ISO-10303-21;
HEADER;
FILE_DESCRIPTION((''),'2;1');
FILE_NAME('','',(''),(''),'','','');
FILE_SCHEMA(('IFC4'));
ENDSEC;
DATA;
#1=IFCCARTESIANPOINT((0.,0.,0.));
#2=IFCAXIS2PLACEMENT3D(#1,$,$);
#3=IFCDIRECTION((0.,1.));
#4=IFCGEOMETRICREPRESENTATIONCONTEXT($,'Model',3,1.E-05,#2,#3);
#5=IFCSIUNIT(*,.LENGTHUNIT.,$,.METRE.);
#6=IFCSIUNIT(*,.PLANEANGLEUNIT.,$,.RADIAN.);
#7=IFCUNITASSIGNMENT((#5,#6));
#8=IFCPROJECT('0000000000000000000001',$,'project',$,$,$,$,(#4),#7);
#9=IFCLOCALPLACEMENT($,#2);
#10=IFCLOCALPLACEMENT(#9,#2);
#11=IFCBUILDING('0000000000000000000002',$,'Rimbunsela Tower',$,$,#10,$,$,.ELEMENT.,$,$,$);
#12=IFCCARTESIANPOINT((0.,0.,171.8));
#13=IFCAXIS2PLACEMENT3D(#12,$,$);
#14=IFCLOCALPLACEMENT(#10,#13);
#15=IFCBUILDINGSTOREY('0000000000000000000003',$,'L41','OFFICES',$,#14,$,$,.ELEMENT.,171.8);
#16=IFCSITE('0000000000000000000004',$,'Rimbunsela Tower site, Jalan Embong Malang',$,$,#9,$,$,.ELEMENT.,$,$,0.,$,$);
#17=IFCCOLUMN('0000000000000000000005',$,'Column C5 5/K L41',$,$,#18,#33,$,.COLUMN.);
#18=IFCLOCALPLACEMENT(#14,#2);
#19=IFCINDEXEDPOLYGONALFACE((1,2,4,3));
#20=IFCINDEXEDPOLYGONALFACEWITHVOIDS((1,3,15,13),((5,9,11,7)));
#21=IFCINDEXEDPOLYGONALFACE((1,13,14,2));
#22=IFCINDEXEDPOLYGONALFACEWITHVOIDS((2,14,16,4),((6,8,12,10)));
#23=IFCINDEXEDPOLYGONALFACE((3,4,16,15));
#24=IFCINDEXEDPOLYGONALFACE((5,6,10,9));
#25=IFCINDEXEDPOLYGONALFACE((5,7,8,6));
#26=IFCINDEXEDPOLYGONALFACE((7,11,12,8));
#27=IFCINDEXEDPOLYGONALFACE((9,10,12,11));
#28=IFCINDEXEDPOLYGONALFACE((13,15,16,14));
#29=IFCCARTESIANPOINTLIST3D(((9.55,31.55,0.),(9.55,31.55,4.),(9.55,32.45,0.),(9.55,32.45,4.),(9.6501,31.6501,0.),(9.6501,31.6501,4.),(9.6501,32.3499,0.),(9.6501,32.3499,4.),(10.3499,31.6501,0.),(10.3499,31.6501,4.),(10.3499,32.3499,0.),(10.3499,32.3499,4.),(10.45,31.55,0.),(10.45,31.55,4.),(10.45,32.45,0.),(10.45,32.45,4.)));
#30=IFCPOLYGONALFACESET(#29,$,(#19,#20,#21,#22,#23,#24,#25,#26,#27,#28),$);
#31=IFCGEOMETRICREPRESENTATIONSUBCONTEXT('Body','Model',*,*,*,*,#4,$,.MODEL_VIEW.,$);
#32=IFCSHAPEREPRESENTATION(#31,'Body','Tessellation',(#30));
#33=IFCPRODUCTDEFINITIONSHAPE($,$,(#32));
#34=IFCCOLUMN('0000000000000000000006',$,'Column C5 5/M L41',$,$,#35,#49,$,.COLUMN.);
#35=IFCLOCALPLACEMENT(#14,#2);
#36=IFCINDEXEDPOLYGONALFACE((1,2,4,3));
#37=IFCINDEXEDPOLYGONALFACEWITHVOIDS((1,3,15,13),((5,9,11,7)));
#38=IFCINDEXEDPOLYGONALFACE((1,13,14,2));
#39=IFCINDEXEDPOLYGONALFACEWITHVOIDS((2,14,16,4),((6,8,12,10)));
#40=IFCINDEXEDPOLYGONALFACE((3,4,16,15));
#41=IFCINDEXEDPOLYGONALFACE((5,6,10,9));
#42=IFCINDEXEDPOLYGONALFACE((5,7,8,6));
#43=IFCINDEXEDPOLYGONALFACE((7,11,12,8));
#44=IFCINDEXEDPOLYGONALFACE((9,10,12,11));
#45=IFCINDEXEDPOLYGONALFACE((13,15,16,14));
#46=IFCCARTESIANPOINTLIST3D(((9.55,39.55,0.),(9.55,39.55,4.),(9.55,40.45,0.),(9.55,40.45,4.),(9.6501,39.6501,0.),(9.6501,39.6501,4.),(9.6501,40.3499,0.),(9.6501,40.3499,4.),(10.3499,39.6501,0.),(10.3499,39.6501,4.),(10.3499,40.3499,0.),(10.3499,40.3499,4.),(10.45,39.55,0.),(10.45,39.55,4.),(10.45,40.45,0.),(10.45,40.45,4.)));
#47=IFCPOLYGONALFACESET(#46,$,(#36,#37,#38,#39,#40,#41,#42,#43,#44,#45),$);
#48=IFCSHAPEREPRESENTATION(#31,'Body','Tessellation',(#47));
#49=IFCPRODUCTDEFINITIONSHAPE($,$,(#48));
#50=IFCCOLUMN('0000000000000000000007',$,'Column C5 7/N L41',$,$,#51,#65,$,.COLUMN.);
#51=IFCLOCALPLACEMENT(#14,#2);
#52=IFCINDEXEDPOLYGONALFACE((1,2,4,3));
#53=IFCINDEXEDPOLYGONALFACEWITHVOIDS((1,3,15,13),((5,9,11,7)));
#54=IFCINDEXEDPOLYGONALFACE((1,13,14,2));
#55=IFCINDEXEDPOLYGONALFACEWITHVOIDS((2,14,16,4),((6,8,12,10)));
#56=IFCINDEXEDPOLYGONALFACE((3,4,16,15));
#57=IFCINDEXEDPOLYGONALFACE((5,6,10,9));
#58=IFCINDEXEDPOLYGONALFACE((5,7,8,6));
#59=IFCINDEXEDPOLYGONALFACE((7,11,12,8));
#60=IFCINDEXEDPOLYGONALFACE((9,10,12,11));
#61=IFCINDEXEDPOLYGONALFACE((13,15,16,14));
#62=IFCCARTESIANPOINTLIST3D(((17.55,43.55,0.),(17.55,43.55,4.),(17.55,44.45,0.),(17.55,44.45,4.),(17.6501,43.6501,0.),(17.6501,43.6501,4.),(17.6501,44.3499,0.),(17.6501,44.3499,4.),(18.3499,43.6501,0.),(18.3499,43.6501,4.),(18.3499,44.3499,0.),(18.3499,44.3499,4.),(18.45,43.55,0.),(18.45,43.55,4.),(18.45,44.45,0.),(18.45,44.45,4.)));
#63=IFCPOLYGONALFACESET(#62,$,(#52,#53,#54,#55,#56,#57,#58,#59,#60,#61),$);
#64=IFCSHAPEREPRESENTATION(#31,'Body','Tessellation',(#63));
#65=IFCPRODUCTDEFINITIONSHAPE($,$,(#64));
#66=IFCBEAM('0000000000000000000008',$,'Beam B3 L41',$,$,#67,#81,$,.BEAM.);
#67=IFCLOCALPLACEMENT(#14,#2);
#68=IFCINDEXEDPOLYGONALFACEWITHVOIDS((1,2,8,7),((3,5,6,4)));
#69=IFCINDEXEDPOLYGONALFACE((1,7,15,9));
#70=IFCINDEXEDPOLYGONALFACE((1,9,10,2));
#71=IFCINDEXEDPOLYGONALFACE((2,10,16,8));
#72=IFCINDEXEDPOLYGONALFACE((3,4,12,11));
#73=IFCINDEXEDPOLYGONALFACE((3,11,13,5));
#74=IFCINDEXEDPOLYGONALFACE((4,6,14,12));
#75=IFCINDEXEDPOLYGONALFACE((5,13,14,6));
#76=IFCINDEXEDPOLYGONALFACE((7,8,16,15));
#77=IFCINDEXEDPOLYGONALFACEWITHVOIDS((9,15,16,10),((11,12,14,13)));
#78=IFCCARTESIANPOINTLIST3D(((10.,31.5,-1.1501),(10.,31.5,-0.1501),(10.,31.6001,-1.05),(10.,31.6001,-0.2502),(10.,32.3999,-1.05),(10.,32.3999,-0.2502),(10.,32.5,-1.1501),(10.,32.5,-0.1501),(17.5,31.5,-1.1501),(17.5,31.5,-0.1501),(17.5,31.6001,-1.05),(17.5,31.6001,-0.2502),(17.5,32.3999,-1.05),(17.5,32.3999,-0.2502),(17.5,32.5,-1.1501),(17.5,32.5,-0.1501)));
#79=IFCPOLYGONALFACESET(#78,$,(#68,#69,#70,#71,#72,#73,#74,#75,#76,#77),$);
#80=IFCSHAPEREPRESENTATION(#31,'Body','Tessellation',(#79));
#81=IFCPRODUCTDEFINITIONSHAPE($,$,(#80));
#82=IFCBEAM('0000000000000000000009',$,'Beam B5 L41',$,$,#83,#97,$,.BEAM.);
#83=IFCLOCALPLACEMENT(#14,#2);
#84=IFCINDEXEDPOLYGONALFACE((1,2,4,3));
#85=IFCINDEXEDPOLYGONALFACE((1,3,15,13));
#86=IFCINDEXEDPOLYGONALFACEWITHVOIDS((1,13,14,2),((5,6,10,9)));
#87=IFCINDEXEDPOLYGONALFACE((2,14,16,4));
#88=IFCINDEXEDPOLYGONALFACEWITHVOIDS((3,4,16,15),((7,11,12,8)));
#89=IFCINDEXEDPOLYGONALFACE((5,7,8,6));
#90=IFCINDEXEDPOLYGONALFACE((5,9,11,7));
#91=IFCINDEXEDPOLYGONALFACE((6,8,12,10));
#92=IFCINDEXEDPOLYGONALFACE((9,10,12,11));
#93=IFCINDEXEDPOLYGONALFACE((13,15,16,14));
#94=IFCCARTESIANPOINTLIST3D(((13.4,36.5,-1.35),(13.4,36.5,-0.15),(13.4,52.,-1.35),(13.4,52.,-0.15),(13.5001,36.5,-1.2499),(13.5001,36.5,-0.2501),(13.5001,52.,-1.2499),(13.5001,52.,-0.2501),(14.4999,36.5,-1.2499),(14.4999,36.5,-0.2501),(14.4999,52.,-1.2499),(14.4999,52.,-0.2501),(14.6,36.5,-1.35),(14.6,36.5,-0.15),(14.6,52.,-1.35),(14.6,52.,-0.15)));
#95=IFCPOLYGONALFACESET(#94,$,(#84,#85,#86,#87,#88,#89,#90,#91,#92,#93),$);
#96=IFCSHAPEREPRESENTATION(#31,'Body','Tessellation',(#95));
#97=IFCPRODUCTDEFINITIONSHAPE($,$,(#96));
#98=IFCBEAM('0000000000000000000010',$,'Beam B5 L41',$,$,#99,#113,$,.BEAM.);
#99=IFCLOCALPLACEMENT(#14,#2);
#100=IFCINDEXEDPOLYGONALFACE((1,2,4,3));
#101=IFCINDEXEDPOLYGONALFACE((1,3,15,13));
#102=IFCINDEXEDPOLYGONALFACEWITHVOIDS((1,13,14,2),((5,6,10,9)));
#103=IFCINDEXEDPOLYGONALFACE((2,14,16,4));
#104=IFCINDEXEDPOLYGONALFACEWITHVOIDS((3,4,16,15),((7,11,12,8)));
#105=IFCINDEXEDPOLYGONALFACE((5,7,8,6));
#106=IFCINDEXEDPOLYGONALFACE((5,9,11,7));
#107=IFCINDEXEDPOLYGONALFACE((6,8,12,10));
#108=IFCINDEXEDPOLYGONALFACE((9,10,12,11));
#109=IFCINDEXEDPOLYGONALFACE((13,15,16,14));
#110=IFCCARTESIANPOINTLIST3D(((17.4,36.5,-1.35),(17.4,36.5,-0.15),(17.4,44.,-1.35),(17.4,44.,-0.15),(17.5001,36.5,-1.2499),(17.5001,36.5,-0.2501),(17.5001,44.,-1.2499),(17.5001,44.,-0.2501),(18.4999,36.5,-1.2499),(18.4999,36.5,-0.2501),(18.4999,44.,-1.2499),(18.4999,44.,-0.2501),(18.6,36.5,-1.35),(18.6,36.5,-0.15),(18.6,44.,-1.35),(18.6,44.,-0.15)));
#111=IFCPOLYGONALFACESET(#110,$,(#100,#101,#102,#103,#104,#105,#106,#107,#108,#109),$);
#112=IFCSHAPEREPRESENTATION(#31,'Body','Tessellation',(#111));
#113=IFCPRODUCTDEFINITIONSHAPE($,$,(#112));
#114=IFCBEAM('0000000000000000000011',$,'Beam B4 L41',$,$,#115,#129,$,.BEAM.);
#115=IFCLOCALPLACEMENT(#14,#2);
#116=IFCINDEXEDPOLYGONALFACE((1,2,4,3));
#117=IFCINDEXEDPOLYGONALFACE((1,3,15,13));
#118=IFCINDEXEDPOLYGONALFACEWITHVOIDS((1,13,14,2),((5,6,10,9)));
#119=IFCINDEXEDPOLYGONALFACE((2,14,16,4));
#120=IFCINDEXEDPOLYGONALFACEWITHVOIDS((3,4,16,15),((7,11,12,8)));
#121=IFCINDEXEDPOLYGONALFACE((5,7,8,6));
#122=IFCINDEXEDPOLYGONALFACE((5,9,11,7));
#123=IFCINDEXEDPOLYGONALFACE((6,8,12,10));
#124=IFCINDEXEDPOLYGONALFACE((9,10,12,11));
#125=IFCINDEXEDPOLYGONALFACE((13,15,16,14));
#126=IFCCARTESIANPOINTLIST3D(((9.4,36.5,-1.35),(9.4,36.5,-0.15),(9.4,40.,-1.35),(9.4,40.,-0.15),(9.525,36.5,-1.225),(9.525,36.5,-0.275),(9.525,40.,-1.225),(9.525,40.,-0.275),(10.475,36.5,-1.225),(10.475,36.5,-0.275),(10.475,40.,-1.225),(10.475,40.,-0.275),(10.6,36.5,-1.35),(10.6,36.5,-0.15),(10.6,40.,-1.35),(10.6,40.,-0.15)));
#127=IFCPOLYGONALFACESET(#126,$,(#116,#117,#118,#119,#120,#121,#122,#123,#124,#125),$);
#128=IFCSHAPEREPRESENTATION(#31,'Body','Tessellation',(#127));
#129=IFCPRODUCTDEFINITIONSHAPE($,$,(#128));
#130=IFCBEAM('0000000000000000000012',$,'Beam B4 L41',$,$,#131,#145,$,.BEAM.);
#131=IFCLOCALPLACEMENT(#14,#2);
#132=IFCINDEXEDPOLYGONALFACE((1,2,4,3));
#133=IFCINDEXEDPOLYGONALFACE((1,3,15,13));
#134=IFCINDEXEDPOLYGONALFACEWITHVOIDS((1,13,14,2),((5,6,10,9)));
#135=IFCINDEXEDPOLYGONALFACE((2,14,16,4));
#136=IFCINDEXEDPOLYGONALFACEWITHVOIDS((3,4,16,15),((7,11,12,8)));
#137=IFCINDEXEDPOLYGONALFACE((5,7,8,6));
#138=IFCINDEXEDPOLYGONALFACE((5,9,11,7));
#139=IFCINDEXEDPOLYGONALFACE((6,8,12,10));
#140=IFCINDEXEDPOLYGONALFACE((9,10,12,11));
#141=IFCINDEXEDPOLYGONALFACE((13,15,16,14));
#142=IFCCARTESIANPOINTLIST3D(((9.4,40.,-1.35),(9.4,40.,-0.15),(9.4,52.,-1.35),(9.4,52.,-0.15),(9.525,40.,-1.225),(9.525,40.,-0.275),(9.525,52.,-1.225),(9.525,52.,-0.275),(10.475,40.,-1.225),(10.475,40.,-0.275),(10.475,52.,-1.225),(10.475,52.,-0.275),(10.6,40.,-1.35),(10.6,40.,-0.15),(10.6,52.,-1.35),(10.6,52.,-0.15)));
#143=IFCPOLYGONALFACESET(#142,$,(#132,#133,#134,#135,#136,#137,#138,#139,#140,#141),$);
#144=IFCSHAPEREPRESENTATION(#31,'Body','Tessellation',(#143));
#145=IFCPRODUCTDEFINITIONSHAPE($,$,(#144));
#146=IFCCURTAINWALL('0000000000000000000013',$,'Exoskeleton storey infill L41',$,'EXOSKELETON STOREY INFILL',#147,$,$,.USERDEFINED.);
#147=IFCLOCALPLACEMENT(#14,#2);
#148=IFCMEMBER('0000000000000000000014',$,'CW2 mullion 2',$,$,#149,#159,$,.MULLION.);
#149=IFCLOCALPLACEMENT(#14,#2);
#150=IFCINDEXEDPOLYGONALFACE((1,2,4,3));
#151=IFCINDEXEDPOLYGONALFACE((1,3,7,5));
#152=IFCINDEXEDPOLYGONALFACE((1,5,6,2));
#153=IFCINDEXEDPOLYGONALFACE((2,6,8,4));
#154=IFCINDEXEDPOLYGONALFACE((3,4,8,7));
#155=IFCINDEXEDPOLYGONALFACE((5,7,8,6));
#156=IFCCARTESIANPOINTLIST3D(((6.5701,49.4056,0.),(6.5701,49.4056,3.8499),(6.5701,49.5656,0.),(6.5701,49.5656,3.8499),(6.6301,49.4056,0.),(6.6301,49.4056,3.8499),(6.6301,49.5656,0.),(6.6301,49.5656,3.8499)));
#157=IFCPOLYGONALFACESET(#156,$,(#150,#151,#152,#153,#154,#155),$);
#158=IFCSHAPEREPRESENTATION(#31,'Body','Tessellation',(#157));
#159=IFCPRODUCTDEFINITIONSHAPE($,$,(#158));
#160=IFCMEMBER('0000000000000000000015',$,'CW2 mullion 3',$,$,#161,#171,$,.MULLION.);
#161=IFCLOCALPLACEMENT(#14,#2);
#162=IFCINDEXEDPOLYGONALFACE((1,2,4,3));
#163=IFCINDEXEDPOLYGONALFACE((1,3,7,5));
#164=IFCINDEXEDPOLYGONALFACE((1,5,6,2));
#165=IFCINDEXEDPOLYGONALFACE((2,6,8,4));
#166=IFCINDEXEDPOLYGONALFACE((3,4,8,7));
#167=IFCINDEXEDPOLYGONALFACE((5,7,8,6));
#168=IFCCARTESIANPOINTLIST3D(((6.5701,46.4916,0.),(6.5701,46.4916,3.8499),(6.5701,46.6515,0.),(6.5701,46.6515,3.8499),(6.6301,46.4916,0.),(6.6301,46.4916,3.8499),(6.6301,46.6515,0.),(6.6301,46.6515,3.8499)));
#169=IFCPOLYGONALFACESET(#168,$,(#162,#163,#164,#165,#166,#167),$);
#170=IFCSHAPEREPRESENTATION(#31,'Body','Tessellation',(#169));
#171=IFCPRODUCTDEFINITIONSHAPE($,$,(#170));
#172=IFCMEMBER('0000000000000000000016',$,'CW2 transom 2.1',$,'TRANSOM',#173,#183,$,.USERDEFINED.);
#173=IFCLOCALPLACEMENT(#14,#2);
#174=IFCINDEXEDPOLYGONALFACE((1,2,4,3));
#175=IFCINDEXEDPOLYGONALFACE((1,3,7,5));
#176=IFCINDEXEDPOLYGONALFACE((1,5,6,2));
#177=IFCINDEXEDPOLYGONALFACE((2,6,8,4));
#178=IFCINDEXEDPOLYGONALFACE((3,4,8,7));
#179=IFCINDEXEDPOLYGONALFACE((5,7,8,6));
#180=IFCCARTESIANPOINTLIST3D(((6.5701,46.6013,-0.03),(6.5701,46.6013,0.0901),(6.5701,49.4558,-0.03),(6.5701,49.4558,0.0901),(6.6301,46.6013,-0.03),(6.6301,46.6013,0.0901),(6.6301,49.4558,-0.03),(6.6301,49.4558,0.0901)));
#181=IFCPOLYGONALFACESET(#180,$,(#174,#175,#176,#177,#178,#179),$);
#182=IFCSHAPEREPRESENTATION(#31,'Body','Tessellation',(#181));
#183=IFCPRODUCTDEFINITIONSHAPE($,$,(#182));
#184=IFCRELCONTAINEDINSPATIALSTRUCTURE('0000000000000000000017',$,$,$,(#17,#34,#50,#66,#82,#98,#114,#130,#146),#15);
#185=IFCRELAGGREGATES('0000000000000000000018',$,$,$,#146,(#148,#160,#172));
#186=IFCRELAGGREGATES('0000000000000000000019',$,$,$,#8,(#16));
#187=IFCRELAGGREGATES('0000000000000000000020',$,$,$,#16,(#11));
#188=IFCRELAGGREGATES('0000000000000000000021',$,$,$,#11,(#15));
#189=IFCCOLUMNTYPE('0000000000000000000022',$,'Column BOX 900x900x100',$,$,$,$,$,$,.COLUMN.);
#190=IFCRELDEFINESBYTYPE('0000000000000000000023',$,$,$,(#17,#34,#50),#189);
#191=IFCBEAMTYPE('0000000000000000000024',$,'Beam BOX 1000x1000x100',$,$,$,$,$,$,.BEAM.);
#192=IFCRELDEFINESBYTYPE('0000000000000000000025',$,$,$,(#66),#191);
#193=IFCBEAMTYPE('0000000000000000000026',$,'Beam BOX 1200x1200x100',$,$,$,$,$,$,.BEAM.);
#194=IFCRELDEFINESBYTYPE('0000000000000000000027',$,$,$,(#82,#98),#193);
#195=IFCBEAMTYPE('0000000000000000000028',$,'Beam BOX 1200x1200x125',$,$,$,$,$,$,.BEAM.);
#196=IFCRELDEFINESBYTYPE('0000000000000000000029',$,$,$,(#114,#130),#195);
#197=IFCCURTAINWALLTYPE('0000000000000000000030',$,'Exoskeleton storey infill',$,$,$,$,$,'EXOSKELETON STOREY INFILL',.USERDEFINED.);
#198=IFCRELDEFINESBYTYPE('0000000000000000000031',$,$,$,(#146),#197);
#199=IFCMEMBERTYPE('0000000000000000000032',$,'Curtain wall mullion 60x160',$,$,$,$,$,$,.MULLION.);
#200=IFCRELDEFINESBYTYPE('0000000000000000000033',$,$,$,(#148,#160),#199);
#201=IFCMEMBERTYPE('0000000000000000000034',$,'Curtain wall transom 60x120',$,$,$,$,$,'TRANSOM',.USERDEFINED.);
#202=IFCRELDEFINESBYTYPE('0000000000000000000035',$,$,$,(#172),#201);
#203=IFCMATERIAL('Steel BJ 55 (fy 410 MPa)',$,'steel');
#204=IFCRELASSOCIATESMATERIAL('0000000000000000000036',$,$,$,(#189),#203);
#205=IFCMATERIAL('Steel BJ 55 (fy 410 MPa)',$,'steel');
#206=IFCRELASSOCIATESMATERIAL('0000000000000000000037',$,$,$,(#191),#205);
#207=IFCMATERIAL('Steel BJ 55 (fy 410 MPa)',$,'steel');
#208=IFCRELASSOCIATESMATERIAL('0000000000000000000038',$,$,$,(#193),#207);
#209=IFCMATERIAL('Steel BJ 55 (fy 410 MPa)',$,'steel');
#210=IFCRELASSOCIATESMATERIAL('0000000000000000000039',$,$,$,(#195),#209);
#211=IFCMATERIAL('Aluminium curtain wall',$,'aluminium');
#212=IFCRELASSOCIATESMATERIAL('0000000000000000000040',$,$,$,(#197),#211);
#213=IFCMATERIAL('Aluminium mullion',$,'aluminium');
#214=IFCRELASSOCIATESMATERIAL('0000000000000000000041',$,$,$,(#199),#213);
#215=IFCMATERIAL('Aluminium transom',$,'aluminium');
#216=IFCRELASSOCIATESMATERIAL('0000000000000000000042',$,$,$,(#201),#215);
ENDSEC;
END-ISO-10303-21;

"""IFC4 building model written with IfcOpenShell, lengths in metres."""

from ifc_helpers import new_model, si_unit, direction, frame, origin, origin_2d, place, context, subcontext, project, spatial, rectangle, hollow_rectangle, extrude, material, material_profile, profile_set, type_object, element, aggregate, save


model = new_model("IFC4")

# Units and contexts
model_context = context("Model", 3, precision=1e-05, world=origin(), true_north=direction((0.0, 1.0)))
body_context = subcontext(model_context, "Body", "Model", "MODEL_VIEW")
ifc_project = project(units=[si_unit("LENGTHUNIT", "METRE"), si_unit("PLANEANGLEUNIT", "RADIAN")], contexts=[model_context])

# Site, building, storey
site_placement = place(None, origin())
site = spatial("IfcSite", under=ifc_project, at=site_placement, Name="Rimbunsela Tower site, Jalan Embong Malang", CompositionType="ELEMENT", RefElevation=0.0)
building_placement = place(site_placement, origin())
building = spatial("IfcBuilding", under=site, at=building_placement, Name="Rimbunsela Tower", CompositionType="ELEMENT")
storey_placement = place(building_placement, frame((0.0, 0.0, 171.8)))
storey = spatial("IfcBuildingStorey", under=building, at=storey_placement, Name="L41", Description="OFFICES", CompositionType="ELEMENT", Elevation=171.8)

# Columns
ifc_material_1 = material(Name="Steel BJ 55 (fy 410 MPa)", Category="steel")
ifc_material_profile_1 = material_profile(ifc_material_1, hollow_rectangle(XDim=0.8999, YDim=0.8999, WallThickness=0.1001, at=origin_2d()), Name="BOX 900x900x100")
ifc_profile_set_1 = profile_set([ifc_material_profile_1], Name="Steel BJ 55 (fy 410 MPa)")
column_type = type_object("IfcColumnType", Name="Column BOX 900x900x100", PredefinedType="COLUMN", material=ifc_profile_set_1)
for number, where, z_axis, x_axis, name in (
    (1, (10.0, 32.0, 0.0), (0.0, 0.0, 1.0), (1.0, 0.0, 0.0), "Column C5 5/K L41"),
    (2, (10.0, 40.0, 0.0), (0.0, 0.0, 1.0), (1.0, 0.0, 0.0), "Column C5 5/M L41"),
    (3, (18.0, 44.0, 0.0), (0.0, 0.0, 1.0), (1.0, 0.0, 0.0), "Column C5 7/N L41"),
):
    element("IfcColumn", number, at=place(storey_placement, frame(where, z_axis=z_axis, x_axis=x_axis)), inside=storey, type_object=column_type, Name=name, PredefinedType="COLUMN", context=body_context, shape_type="SweptSolid", body=[
        extrude(hollow_rectangle(XDim=0.8999, YDim=0.8999, WallThickness=0.1001, at=origin_2d()), origin(), (0.0, 0.0, 1.0), 4.0),
    ])

# Beams
ifc_material_2 = material(Name="Steel BJ 55 (fy 410 MPa)", Category="steel")
ifc_material_profile_2 = material_profile(ifc_material_2, hollow_rectangle(XDim=1.0, YDim=1.0, WallThickness=0.1001, at=origin_2d()), Name="BOX 1000x1000x100")
ifc_profile_set_2 = profile_set([ifc_material_profile_2], Name="Steel BJ 55 (fy 410 MPa)")
beam_type_1 = type_object("IfcBeamType", Name="Beam BOX 1000x1000x100", PredefinedType="BEAM", material=ifc_profile_set_2)
beam_1_placement = place(storey_placement, frame((10.0, 32.0, -0.6501), z_axis=(1.0, 0.0, 0.0), x_axis=(0.0, 1.0, 0.0)))
element("IfcBeam", 4, at=beam_1_placement, inside=storey, type_object=beam_type_1, Name="Beam B3 L41", PredefinedType="BEAM", context=body_context, shape_type="SweptSolid", body=[
    extrude(hollow_rectangle(XDim=1.0, YDim=1.0, WallThickness=0.1001, at=origin_2d()), origin(), (0.0, 0.0, 1.0), 7.5),
])
ifc_material_3 = material(Name="Steel BJ 55 (fy 410 MPa)", Category="steel")
ifc_material_profile_3 = material_profile(ifc_material_3, hollow_rectangle(XDim=1.2, YDim=1.2, WallThickness=0.1001, at=origin_2d()), Name="BOX 1200x1200x100")
ifc_profile_set_3 = profile_set([ifc_material_profile_3], Name="Steel BJ 55 (fy 410 MPa)")
beam_type_2 = type_object("IfcBeamType", Name="Beam BOX 1200x1200x100", PredefinedType="BEAM", material=ifc_profile_set_3)
beam_2_placement = place(storey_placement, frame((14.0, 36.5, -0.75), z_axis=(0.0, 1.0, 0.0), x_axis=(-1.0, 0.0, 0.0)))
element("IfcBeam", 5, at=beam_2_placement, inside=storey, type_object=beam_type_2, Name="Beam B5 L41", PredefinedType="BEAM", context=body_context, shape_type="SweptSolid", body=[
    extrude(hollow_rectangle(XDim=1.2, YDim=1.2, WallThickness=0.1001, at=origin_2d()), origin(), (0.0, 0.0, 1.0), 15.5),
])
beam_3_placement = place(storey_placement, frame((18.0, 36.5, -0.75), z_axis=(0.0, 1.0, 0.0), x_axis=(-1.0, 0.0, 0.0)))
element("IfcBeam", 6, at=beam_3_placement, inside=storey, type_object=beam_type_2, Name="Beam B5 L41", PredefinedType="BEAM", context=body_context, shape_type="SweptSolid", body=[
    extrude(hollow_rectangle(XDim=1.2, YDim=1.2, WallThickness=0.1001, at=origin_2d()), origin(), (0.0, 0.0, 1.0), 7.5),
])
ifc_material_4 = material(Name="Steel BJ 55 (fy 410 MPa)", Category="steel")
ifc_material_profile_4 = material_profile(ifc_material_4, hollow_rectangle(XDim=1.2, YDim=1.2, WallThickness=0.125, at=origin_2d()), Name="BOX 1200x1200x125")
ifc_profile_set_4 = profile_set([ifc_material_profile_4], Name="Steel BJ 55 (fy 410 MPa)")
beam_type_3 = type_object("IfcBeamType", Name="Beam BOX 1200x1200x125", PredefinedType="BEAM", material=ifc_profile_set_4)
beam_4_placement = place(storey_placement, frame((10.0, 36.5, -0.75), z_axis=(0.0, 1.0, 0.0), x_axis=(-1.0, 0.0, 0.0)))
element("IfcBeam", 7, at=beam_4_placement, inside=storey, type_object=beam_type_3, Name="Beam B4 L41", PredefinedType="BEAM", context=body_context, shape_type="SweptSolid", body=[
    extrude(hollow_rectangle(XDim=1.2, YDim=1.2, WallThickness=0.125, at=origin_2d()), origin(), (0.0, 0.0, 1.0), 3.5),
])
beam_5_placement = place(storey_placement, frame((10.0, 40.0, -0.75), z_axis=(0.0, 1.0, 0.0), x_axis=(-1.0, 0.0, 0.0)))
element("IfcBeam", 8, at=beam_5_placement, inside=storey, type_object=beam_type_3, Name="Beam B4 L41", PredefinedType="BEAM", context=body_context, shape_type="SweptSolid", body=[
    extrude(hollow_rectangle(XDim=1.2, YDim=1.2, WallThickness=0.125, at=origin_2d()), origin(), (0.0, 0.0, 1.0), 12.0),
])

# Curtain wall, members
ifc_material_5 = material(Name="Aluminium curtain wall", Category="aluminium")
curtain_wall_type = type_object("IfcCurtainWallType", Name="Exoskeleton storey infill", ElementType="EXOSKELETON STOREY INFILL", PredefinedType="USERDEFINED", material=ifc_material_5)
curtain_wall_placement = place(storey_placement, origin())
curtain_wall = element("IfcCurtainWall", 9, at=curtain_wall_placement, inside=storey, type_object=curtain_wall_type, Name="Exoskeleton storey infill L41", ObjectType="EXOSKELETON STOREY INFILL", PredefinedType="USERDEFINED")
ifc_material_6 = material(Name="Aluminium mullion", Category="aluminium")
ifc_material_profile_5 = material_profile(ifc_material_6, rectangle(XDim=0.0601, YDim=0.1599, at=origin_2d()), Name="Mullion 60x160")
ifc_profile_set_5 = profile_set([ifc_material_profile_5], Name="Aluminium mullion")
member_type_1 = type_object("IfcMemberType", Name="Curtain wall mullion 60x160", PredefinedType="MULLION", material=ifc_profile_set_5)
member_1_placement = place(storey_placement, frame((6.6001, 49.4856, 0.0), z_axis=(0.0, 0.0, 1.0), x_axis=(1.0, 0.0, 0.0)))
member_1 = element("IfcMember", 10, at=member_1_placement, type_object=member_type_1, Name="CW2 mullion 2", PredefinedType="MULLION", context=body_context, shape_type="SweptSolid", body=[
    extrude(rectangle(XDim=0.0601, YDim=0.1599, at=origin_2d()), origin(), (0.0, 0.0, 1.0), 3.8499),
])
member_2_placement = place(storey_placement, frame((6.6001, 46.5715, 0.0), z_axis=(0.0, 0.0, 1.0), x_axis=(1.0, 0.0, 0.0)))
member_2 = element("IfcMember", 11, at=member_2_placement, type_object=member_type_1, Name="CW2 mullion 3", PredefinedType="MULLION", context=body_context, shape_type="SweptSolid", body=[
    extrude(rectangle(XDim=0.0601, YDim=0.1599, at=origin_2d()), origin(), (0.0, 0.0, 1.0), 3.8499),
])
ifc_material_7 = material(Name="Aluminium transom", Category="aluminium")
ifc_material_profile_6 = material_profile(ifc_material_7, rectangle(XDim=0.0601, YDim=0.1201, at=origin_2d()), Name="Transom 60x120")
ifc_profile_set_6 = profile_set([ifc_material_profile_6], Name="Aluminium transom")
member_type_2 = type_object("IfcMemberType", Name="Curtain wall transom 60x120", ElementType="TRANSOM", PredefinedType="USERDEFINED", material=ifc_profile_set_6)
member_3_placement = place(storey_placement, frame((6.6001, 49.4558, 0.03), z_axis=(0.0, -1.0, 0.0), x_axis=(1.0, 0.0, 0.0)))
member_3 = element("IfcMember", 12, at=member_3_placement, type_object=member_type_2, Name="CW2 transom 2.1", ObjectType="TRANSOM", PredefinedType="USERDEFINED", context=body_context, shape_type="SweptSolid", body=[
    extrude(rectangle(XDim=0.0601, YDim=0.1201, at=origin_2d()), origin(), (0.0, 0.0, 1.0), 2.8545),
])
aggregate(curtain_wall, [member_1, member_2, member_3])

save(model, "model.ifc")
